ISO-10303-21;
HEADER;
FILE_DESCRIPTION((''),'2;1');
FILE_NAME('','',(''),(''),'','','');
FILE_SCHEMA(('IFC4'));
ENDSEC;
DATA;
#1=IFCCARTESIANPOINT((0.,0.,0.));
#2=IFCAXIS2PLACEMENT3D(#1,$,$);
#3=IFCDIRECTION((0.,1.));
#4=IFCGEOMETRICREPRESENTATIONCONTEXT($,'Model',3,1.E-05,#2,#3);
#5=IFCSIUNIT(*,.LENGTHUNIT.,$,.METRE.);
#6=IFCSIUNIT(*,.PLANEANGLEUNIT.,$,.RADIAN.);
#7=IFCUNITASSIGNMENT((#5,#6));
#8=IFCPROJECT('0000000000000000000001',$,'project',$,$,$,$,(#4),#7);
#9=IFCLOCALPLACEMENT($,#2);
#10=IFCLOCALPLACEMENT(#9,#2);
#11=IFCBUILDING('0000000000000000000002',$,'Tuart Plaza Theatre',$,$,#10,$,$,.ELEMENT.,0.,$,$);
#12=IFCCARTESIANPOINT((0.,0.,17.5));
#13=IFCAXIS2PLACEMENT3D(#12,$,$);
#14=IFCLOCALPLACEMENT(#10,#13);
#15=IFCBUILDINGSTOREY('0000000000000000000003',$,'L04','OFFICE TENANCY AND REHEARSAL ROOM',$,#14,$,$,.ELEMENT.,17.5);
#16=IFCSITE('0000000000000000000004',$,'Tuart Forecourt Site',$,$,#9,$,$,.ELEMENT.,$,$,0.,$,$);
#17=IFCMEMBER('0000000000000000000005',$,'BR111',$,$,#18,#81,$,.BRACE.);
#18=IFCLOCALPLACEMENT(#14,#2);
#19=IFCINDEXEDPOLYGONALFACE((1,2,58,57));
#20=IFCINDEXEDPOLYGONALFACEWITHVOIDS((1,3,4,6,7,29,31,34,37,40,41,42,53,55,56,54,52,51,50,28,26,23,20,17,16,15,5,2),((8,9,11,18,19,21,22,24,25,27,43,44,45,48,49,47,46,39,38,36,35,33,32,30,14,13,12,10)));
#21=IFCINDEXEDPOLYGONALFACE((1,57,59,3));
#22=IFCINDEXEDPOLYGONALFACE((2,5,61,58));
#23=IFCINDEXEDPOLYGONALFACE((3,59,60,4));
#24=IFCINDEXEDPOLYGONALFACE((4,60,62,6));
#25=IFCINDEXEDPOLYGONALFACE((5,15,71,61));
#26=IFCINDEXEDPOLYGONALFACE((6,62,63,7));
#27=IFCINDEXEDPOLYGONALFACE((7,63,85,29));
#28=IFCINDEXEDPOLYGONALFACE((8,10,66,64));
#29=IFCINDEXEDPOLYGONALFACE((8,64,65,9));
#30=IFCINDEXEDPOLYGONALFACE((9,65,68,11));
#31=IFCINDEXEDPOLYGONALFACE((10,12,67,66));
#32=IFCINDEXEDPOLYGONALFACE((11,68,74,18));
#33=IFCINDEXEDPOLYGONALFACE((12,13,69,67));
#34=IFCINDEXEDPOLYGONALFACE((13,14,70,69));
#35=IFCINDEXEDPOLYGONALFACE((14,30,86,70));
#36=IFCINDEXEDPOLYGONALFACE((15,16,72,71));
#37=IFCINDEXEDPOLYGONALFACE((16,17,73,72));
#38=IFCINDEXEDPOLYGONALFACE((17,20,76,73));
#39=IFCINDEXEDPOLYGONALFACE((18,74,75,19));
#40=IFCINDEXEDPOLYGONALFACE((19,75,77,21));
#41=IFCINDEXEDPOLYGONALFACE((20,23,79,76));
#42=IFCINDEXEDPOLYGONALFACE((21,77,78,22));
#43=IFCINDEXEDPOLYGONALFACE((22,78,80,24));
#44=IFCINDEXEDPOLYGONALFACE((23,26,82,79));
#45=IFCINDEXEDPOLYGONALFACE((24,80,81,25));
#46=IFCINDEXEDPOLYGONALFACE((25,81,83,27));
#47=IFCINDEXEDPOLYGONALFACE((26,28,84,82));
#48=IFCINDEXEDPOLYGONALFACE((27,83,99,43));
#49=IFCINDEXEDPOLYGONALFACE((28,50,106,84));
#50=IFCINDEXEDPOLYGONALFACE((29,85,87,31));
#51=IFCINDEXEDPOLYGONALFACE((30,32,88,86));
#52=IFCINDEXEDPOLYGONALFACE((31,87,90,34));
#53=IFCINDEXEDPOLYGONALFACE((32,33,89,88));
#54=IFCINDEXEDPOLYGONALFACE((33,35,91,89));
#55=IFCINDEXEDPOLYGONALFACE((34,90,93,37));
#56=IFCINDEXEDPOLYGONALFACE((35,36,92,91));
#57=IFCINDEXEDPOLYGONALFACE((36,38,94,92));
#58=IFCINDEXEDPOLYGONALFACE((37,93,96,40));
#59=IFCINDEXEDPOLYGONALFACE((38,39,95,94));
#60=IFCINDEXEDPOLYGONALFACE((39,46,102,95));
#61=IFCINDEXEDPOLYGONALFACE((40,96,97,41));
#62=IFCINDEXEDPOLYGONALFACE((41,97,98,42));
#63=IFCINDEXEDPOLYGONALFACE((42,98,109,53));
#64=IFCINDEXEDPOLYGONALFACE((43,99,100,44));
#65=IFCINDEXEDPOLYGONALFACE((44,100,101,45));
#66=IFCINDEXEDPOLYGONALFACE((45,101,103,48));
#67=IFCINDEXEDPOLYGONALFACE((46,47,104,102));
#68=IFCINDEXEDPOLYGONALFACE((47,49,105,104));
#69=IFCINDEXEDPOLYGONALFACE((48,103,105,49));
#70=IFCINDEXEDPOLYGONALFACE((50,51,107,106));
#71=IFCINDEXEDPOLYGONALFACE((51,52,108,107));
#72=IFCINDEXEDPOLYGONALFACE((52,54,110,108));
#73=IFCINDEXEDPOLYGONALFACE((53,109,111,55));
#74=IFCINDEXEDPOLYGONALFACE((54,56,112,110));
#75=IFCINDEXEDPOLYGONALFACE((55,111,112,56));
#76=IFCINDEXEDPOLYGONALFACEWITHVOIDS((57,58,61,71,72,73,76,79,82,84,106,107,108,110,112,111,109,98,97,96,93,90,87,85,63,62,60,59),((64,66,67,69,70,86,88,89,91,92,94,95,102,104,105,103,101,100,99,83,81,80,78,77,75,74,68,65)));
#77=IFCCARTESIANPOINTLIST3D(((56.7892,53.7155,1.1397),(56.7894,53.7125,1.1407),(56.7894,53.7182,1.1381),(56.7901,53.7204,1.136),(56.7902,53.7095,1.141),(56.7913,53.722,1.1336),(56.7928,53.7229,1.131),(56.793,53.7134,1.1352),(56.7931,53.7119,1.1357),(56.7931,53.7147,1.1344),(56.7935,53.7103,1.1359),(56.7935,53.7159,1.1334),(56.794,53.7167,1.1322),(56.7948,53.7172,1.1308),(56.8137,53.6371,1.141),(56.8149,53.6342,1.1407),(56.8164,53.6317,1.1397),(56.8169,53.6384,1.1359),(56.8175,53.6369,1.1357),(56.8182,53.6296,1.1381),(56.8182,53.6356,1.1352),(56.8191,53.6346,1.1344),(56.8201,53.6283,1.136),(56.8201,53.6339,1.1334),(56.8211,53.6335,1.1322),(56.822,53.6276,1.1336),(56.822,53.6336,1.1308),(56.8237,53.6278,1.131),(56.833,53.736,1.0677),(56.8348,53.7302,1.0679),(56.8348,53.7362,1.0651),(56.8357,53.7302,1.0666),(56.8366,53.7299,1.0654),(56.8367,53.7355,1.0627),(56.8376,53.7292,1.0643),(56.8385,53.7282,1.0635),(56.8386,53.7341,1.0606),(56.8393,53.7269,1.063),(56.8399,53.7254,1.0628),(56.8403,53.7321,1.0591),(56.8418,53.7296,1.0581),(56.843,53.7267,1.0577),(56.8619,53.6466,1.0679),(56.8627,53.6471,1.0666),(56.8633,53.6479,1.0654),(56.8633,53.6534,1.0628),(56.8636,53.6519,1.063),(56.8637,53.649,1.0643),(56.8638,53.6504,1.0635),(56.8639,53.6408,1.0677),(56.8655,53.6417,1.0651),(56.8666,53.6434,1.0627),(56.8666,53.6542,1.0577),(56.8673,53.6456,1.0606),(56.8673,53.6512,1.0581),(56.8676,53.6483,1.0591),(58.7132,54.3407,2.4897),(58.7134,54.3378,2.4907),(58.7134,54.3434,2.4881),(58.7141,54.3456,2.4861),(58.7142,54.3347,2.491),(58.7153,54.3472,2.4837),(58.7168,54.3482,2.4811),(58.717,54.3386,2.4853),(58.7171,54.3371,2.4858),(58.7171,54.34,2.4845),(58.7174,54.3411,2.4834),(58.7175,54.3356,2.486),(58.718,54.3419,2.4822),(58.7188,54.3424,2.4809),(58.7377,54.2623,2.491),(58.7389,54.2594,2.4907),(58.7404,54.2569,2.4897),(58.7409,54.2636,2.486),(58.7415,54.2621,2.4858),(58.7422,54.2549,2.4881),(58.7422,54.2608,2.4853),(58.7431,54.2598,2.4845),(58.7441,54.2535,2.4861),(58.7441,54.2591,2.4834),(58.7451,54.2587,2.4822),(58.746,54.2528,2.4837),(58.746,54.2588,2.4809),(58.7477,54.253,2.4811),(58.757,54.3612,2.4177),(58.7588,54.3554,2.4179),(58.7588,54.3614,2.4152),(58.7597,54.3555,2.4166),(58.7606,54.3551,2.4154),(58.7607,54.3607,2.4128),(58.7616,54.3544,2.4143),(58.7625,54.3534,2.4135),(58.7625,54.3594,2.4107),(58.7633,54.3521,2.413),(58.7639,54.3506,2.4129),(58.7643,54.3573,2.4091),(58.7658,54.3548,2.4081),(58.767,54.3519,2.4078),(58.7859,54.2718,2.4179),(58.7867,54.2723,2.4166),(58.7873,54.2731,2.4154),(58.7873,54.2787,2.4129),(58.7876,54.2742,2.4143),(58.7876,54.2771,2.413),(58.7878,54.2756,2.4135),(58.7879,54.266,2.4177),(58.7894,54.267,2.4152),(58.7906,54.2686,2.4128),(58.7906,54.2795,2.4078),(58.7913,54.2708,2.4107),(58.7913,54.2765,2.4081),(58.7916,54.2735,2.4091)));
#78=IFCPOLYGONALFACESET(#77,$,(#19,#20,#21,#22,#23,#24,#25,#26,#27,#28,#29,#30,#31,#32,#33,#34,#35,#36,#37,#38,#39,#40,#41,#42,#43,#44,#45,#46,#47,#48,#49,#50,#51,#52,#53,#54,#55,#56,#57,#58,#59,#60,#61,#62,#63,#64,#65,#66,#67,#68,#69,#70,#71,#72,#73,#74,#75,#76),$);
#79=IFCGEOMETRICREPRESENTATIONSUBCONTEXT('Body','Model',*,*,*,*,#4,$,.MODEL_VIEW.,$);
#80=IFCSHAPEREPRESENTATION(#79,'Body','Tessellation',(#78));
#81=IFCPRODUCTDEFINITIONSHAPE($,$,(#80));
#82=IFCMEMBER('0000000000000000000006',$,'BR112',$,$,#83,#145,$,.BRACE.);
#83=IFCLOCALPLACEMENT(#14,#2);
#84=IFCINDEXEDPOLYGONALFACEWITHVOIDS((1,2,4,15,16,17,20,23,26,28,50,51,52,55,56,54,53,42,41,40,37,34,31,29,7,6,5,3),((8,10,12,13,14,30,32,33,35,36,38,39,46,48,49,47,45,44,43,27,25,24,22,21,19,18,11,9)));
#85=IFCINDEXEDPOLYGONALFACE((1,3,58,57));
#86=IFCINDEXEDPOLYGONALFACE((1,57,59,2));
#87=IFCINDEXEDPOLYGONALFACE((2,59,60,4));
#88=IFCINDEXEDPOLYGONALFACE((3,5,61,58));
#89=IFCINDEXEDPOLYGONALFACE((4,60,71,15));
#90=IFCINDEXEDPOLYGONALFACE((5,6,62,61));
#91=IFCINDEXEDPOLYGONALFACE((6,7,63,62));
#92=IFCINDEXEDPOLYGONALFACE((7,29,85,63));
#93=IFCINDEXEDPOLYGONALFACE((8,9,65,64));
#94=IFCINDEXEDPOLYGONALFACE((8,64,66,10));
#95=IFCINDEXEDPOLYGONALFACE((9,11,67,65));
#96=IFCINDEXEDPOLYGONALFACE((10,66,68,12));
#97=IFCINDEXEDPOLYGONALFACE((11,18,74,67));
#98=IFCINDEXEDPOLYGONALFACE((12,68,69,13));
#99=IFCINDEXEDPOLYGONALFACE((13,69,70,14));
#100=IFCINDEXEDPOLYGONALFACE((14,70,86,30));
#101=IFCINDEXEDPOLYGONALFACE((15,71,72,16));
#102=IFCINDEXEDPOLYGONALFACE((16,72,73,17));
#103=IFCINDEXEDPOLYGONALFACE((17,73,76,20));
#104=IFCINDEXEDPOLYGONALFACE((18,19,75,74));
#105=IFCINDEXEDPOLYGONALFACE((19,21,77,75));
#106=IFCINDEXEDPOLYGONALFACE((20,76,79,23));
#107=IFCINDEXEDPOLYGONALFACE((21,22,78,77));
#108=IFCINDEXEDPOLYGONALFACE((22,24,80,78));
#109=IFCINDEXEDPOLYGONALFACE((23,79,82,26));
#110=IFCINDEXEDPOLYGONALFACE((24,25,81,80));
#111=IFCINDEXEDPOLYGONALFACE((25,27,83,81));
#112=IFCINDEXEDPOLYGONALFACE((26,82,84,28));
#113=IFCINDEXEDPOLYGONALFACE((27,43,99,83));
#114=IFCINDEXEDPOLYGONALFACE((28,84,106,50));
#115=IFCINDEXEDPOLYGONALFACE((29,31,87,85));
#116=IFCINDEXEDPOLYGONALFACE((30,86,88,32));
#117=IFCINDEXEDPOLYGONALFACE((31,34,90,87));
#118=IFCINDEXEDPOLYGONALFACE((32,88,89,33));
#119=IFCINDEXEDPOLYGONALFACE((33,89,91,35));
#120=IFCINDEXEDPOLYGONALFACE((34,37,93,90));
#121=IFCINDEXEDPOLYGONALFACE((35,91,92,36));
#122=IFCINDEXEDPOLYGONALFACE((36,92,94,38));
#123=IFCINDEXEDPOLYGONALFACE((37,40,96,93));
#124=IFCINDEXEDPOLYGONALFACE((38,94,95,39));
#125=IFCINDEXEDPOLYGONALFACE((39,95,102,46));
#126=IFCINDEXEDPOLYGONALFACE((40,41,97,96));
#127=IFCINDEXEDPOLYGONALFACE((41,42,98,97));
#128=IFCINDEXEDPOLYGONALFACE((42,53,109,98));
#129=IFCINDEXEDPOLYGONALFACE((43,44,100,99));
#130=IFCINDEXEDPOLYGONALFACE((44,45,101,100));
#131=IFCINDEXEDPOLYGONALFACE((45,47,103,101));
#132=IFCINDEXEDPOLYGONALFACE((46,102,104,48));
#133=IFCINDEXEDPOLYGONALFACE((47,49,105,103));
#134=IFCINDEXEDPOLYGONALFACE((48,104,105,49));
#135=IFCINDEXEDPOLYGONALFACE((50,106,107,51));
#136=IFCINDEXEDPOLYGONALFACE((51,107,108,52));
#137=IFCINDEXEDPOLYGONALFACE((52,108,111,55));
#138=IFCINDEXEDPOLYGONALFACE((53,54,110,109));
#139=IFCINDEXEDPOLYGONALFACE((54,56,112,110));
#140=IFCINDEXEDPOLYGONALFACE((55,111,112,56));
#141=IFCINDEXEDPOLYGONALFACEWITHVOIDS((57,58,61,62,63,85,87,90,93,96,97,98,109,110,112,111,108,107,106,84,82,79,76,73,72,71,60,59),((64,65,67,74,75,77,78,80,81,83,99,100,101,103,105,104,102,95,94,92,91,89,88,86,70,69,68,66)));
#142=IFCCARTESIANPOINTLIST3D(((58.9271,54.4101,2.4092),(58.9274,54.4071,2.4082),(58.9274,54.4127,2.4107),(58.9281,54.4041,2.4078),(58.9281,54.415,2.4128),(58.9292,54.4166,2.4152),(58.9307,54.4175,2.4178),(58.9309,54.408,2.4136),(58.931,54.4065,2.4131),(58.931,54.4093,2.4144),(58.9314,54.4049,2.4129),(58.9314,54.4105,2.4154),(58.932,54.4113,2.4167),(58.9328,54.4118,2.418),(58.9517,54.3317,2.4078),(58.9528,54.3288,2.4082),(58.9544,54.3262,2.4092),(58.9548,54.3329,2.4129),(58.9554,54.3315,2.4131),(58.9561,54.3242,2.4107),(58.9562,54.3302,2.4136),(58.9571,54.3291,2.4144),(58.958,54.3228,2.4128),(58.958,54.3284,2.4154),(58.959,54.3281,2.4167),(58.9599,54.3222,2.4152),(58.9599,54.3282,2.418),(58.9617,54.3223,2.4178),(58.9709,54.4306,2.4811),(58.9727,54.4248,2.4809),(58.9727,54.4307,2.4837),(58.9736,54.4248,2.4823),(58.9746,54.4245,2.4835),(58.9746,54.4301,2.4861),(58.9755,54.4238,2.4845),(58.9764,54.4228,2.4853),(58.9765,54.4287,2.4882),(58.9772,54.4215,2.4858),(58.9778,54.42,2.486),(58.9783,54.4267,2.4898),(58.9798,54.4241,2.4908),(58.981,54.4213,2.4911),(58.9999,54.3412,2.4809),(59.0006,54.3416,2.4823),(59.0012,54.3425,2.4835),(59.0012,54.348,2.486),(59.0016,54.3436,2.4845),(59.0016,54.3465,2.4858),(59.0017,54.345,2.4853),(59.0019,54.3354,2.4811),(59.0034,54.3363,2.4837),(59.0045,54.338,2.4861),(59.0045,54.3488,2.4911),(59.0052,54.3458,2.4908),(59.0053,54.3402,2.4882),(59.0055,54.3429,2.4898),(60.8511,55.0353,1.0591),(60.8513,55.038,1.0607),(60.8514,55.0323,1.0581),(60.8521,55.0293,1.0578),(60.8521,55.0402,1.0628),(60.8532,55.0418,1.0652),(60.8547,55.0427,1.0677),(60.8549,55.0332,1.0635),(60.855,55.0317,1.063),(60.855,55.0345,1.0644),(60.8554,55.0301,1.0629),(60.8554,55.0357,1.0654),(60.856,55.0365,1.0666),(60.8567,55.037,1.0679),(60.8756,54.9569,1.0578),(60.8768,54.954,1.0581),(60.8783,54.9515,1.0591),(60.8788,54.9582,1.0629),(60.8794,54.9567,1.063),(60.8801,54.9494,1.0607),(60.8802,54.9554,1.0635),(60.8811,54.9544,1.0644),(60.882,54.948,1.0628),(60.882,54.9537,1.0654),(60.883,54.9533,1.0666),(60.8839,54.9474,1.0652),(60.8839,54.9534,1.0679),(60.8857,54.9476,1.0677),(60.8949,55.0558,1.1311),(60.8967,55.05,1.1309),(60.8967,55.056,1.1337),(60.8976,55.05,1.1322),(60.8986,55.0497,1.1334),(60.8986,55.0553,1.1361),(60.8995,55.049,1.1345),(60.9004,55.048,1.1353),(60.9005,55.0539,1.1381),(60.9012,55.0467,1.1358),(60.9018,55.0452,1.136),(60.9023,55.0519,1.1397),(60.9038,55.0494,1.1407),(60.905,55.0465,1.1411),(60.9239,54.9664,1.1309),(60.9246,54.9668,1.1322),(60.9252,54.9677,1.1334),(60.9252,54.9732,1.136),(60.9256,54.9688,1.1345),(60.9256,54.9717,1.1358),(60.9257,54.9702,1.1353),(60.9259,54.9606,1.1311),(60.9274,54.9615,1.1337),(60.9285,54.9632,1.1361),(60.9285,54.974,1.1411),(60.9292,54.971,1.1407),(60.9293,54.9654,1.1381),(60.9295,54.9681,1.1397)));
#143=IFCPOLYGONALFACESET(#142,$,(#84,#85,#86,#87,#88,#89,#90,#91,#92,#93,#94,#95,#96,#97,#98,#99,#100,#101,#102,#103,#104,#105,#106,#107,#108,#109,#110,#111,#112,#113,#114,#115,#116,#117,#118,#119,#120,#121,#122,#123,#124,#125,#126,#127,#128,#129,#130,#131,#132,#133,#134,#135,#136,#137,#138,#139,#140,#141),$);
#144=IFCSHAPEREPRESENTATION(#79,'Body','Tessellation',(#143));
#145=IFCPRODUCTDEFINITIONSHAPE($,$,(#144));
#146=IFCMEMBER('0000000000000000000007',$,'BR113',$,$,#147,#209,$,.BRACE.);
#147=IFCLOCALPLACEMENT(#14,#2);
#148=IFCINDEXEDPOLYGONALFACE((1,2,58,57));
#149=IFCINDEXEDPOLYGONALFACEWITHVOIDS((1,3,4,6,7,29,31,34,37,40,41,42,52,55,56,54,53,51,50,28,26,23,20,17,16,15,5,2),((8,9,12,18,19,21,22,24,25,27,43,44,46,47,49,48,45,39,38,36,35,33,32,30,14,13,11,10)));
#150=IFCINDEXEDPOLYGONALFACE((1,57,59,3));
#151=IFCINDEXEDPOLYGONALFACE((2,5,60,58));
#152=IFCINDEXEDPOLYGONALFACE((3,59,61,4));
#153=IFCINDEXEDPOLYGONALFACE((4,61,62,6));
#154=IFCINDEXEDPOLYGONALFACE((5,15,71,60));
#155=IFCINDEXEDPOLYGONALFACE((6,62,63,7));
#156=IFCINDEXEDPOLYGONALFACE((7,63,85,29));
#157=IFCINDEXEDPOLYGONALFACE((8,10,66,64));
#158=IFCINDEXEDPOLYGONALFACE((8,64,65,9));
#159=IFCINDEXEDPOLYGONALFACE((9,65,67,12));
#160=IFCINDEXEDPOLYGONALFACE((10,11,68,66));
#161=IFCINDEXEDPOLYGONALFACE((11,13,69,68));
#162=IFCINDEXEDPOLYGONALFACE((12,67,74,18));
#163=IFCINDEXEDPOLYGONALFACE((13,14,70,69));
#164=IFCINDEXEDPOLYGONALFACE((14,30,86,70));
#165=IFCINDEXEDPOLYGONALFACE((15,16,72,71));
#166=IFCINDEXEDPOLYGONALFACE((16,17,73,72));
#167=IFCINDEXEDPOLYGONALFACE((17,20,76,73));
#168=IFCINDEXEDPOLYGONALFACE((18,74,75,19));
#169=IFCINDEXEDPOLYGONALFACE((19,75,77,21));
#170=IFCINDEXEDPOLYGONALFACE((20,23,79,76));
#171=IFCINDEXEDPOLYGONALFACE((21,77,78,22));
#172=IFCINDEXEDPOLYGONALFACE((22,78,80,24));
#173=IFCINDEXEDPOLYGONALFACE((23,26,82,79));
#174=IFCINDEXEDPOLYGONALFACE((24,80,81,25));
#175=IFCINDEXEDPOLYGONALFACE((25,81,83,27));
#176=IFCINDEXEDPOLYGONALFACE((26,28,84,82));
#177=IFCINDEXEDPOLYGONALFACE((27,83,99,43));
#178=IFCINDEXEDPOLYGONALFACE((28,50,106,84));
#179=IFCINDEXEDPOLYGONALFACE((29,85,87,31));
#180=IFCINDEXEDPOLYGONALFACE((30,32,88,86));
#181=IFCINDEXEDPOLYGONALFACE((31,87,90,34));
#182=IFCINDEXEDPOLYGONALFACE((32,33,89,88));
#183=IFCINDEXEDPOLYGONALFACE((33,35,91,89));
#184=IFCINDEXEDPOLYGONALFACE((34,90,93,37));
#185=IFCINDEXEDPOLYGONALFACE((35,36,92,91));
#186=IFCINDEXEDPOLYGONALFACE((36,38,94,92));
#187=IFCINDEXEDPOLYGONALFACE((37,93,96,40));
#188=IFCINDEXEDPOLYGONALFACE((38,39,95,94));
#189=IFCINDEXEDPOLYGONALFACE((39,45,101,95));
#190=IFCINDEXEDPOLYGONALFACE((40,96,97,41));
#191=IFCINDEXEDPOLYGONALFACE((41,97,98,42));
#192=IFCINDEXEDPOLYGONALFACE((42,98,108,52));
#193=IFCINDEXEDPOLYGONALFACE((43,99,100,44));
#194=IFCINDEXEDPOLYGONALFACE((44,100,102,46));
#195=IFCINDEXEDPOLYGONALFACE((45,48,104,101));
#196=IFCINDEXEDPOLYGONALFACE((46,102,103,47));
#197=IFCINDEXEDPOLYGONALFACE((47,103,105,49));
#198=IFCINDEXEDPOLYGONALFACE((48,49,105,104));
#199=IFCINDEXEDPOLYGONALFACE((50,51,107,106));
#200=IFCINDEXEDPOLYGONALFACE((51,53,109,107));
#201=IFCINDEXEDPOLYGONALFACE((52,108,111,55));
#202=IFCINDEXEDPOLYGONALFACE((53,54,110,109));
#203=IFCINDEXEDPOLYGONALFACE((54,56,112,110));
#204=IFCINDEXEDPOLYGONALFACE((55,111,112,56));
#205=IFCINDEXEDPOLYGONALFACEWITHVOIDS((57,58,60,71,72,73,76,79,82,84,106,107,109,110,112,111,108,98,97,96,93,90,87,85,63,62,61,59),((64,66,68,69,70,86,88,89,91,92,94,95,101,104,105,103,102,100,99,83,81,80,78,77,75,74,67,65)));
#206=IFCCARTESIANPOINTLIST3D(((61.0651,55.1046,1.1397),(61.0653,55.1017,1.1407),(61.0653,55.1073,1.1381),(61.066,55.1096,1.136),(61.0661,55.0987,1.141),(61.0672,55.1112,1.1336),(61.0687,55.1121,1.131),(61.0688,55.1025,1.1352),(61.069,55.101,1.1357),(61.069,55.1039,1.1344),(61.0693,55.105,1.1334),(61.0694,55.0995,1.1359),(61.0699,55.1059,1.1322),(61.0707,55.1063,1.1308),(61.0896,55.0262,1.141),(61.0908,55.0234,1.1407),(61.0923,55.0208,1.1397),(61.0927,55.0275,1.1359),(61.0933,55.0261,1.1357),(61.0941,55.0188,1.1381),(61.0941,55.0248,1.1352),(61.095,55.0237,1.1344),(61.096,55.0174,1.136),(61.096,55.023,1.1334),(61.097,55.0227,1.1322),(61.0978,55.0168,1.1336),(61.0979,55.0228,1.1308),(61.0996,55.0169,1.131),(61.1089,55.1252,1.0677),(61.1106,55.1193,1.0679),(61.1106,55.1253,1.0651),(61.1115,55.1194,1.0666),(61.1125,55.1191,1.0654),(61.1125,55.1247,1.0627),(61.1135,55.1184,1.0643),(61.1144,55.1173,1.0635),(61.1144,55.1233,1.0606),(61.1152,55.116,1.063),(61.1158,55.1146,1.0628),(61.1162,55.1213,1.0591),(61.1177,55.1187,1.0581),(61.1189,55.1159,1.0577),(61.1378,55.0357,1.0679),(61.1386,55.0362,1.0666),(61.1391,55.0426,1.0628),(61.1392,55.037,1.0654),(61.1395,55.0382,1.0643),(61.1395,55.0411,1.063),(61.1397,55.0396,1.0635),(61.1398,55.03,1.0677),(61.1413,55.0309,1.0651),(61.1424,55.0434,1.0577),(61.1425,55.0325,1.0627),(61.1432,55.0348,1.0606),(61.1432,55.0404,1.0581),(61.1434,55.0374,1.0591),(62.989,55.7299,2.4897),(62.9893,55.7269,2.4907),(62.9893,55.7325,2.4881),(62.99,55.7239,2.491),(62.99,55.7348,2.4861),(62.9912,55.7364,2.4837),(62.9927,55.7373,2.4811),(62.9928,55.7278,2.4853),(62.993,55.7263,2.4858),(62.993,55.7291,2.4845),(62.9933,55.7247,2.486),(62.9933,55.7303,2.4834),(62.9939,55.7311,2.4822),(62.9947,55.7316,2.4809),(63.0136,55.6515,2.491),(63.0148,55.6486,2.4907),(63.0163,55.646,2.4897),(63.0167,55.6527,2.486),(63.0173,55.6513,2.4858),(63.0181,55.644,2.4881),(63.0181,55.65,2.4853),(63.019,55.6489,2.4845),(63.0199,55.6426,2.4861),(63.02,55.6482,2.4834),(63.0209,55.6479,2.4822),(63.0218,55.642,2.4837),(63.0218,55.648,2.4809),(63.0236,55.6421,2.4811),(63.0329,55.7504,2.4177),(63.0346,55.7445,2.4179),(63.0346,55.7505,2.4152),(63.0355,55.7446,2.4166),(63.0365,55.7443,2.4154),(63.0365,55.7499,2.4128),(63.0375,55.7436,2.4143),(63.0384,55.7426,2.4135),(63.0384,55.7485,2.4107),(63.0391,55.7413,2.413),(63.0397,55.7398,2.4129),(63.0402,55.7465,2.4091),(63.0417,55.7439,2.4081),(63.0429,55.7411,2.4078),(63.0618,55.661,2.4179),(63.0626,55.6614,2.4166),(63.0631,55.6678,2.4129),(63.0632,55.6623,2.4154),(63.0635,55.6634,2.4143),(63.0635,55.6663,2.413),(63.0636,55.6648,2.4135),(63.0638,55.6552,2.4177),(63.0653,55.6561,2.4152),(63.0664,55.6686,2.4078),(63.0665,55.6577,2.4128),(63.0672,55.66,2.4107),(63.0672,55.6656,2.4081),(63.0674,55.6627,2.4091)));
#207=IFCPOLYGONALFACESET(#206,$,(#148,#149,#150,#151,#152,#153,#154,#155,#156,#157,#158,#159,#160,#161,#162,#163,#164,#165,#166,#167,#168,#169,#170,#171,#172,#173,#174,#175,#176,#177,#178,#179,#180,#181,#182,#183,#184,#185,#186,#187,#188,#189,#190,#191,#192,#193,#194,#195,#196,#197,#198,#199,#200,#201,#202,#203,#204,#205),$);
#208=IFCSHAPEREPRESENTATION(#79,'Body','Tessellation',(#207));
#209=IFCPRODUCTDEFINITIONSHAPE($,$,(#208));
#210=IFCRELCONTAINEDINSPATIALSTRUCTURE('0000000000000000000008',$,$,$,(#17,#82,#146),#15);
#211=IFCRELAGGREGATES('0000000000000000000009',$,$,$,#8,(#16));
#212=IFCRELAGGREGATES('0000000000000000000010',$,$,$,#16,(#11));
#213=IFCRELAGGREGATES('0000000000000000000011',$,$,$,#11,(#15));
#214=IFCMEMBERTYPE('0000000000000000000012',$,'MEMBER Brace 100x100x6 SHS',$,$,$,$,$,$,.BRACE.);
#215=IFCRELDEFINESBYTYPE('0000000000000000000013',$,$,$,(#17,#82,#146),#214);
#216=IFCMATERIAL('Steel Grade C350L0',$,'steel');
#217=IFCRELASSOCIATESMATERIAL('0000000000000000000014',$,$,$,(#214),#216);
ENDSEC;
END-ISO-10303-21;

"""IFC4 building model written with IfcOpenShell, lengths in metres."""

from ifc_helpers import new_model, si_unit, direction, frame, origin, origin_2d, place, context, subcontext, project, spatial, hollow_rectangle, extrude, material, material_profile, profile_set, type_object, element, save


model = new_model("IFC4")

# Units and contexts
model_context = context("Model", 3, precision=1e-05, world=origin(), true_north=direction((0.0, 1.0)))
body_context = subcontext(model_context, "Body", "Model", "MODEL_VIEW")
ifc_project = project(units=[si_unit("LENGTHUNIT", "METRE"), si_unit("PLANEANGLEUNIT", "RADIAN")], contexts=[model_context])

# Site, building, storey
site_placement = place(None, origin())
site = spatial("IfcSite", under=ifc_project, at=site_placement, Name="Tuart Forecourt Site", CompositionType="ELEMENT", RefElevation=0.0)
building_placement = place(site_placement, origin())
building = spatial("IfcBuilding", under=site, at=building_placement, Name="Tuart Plaza Theatre", CompositionType="ELEMENT", ElevationOfRefHeight=0.0)
storey_placement = place(building_placement, frame((0.0, 0.0, 17.5)))
storey = spatial("IfcBuildingStorey", under=building, at=storey_placement, Name="L04", Description="OFFICE TENANCY AND REHEARSAL ROOM", CompositionType="ELEMENT", Elevation=17.5)

# Members
ifc_material_1 = material(Name="Steel Grade C350L0", Category="steel")
ifc_material_profile_1 = material_profile(ifc_material_1, hollow_rectangle(XDim=0.1001, YDim=0.1001, WallThickness=0.0061, InnerFilletRadius=0.0061, OuterFilletRadius=0.012, at=origin_2d()), Name="100x100x6 SHS")
ifc_profile_set_1 = profile_set([ifc_material_profile_1], Name="Steel Grade C350L0")
member_type_1 = type_object("IfcMemberType", Name="MEMBER Brace 100x100x6 SHS", PredefinedType="BRACE", material=ifc_profile_set_1)
for number, where, z_axis, x_axis, name in (
    (1, (56.8284, 53.6819, 1.0994), (0.791073, 0.257066, 0.555086), (-0.309051, 0.951046, 0.0), "BR111"),
    (2, (58.9663, 54.3765, 2.4495), (0.791073, 0.257066, -0.555086), (-0.309051, 0.951046, 0.0), "BR112"),
    (3, (61.1042, 55.071, 1.0994), (0.791073, 0.257066, 0.555086), (-0.309051, 0.951046, 0.0), "BR113"),
):
    element("IfcMember", number, at=place(storey_placement, frame(where, z_axis=z_axis, x_axis=x_axis)), inside=storey, type_object=member_type_1, Name=name, PredefinedType="BRACE", context=body_context, shape_type="SweptSolid", body=[
        extrude(hollow_rectangle(XDim=0.1001, YDim=0.1001, WallThickness=0.0061, InnerFilletRadius=0.0061, OuterFilletRadius=0.012, at=origin_2d()), origin(), (0.0, 0.0, 1.0), 2.4321),
    ])

save(model, "model.ifc")
